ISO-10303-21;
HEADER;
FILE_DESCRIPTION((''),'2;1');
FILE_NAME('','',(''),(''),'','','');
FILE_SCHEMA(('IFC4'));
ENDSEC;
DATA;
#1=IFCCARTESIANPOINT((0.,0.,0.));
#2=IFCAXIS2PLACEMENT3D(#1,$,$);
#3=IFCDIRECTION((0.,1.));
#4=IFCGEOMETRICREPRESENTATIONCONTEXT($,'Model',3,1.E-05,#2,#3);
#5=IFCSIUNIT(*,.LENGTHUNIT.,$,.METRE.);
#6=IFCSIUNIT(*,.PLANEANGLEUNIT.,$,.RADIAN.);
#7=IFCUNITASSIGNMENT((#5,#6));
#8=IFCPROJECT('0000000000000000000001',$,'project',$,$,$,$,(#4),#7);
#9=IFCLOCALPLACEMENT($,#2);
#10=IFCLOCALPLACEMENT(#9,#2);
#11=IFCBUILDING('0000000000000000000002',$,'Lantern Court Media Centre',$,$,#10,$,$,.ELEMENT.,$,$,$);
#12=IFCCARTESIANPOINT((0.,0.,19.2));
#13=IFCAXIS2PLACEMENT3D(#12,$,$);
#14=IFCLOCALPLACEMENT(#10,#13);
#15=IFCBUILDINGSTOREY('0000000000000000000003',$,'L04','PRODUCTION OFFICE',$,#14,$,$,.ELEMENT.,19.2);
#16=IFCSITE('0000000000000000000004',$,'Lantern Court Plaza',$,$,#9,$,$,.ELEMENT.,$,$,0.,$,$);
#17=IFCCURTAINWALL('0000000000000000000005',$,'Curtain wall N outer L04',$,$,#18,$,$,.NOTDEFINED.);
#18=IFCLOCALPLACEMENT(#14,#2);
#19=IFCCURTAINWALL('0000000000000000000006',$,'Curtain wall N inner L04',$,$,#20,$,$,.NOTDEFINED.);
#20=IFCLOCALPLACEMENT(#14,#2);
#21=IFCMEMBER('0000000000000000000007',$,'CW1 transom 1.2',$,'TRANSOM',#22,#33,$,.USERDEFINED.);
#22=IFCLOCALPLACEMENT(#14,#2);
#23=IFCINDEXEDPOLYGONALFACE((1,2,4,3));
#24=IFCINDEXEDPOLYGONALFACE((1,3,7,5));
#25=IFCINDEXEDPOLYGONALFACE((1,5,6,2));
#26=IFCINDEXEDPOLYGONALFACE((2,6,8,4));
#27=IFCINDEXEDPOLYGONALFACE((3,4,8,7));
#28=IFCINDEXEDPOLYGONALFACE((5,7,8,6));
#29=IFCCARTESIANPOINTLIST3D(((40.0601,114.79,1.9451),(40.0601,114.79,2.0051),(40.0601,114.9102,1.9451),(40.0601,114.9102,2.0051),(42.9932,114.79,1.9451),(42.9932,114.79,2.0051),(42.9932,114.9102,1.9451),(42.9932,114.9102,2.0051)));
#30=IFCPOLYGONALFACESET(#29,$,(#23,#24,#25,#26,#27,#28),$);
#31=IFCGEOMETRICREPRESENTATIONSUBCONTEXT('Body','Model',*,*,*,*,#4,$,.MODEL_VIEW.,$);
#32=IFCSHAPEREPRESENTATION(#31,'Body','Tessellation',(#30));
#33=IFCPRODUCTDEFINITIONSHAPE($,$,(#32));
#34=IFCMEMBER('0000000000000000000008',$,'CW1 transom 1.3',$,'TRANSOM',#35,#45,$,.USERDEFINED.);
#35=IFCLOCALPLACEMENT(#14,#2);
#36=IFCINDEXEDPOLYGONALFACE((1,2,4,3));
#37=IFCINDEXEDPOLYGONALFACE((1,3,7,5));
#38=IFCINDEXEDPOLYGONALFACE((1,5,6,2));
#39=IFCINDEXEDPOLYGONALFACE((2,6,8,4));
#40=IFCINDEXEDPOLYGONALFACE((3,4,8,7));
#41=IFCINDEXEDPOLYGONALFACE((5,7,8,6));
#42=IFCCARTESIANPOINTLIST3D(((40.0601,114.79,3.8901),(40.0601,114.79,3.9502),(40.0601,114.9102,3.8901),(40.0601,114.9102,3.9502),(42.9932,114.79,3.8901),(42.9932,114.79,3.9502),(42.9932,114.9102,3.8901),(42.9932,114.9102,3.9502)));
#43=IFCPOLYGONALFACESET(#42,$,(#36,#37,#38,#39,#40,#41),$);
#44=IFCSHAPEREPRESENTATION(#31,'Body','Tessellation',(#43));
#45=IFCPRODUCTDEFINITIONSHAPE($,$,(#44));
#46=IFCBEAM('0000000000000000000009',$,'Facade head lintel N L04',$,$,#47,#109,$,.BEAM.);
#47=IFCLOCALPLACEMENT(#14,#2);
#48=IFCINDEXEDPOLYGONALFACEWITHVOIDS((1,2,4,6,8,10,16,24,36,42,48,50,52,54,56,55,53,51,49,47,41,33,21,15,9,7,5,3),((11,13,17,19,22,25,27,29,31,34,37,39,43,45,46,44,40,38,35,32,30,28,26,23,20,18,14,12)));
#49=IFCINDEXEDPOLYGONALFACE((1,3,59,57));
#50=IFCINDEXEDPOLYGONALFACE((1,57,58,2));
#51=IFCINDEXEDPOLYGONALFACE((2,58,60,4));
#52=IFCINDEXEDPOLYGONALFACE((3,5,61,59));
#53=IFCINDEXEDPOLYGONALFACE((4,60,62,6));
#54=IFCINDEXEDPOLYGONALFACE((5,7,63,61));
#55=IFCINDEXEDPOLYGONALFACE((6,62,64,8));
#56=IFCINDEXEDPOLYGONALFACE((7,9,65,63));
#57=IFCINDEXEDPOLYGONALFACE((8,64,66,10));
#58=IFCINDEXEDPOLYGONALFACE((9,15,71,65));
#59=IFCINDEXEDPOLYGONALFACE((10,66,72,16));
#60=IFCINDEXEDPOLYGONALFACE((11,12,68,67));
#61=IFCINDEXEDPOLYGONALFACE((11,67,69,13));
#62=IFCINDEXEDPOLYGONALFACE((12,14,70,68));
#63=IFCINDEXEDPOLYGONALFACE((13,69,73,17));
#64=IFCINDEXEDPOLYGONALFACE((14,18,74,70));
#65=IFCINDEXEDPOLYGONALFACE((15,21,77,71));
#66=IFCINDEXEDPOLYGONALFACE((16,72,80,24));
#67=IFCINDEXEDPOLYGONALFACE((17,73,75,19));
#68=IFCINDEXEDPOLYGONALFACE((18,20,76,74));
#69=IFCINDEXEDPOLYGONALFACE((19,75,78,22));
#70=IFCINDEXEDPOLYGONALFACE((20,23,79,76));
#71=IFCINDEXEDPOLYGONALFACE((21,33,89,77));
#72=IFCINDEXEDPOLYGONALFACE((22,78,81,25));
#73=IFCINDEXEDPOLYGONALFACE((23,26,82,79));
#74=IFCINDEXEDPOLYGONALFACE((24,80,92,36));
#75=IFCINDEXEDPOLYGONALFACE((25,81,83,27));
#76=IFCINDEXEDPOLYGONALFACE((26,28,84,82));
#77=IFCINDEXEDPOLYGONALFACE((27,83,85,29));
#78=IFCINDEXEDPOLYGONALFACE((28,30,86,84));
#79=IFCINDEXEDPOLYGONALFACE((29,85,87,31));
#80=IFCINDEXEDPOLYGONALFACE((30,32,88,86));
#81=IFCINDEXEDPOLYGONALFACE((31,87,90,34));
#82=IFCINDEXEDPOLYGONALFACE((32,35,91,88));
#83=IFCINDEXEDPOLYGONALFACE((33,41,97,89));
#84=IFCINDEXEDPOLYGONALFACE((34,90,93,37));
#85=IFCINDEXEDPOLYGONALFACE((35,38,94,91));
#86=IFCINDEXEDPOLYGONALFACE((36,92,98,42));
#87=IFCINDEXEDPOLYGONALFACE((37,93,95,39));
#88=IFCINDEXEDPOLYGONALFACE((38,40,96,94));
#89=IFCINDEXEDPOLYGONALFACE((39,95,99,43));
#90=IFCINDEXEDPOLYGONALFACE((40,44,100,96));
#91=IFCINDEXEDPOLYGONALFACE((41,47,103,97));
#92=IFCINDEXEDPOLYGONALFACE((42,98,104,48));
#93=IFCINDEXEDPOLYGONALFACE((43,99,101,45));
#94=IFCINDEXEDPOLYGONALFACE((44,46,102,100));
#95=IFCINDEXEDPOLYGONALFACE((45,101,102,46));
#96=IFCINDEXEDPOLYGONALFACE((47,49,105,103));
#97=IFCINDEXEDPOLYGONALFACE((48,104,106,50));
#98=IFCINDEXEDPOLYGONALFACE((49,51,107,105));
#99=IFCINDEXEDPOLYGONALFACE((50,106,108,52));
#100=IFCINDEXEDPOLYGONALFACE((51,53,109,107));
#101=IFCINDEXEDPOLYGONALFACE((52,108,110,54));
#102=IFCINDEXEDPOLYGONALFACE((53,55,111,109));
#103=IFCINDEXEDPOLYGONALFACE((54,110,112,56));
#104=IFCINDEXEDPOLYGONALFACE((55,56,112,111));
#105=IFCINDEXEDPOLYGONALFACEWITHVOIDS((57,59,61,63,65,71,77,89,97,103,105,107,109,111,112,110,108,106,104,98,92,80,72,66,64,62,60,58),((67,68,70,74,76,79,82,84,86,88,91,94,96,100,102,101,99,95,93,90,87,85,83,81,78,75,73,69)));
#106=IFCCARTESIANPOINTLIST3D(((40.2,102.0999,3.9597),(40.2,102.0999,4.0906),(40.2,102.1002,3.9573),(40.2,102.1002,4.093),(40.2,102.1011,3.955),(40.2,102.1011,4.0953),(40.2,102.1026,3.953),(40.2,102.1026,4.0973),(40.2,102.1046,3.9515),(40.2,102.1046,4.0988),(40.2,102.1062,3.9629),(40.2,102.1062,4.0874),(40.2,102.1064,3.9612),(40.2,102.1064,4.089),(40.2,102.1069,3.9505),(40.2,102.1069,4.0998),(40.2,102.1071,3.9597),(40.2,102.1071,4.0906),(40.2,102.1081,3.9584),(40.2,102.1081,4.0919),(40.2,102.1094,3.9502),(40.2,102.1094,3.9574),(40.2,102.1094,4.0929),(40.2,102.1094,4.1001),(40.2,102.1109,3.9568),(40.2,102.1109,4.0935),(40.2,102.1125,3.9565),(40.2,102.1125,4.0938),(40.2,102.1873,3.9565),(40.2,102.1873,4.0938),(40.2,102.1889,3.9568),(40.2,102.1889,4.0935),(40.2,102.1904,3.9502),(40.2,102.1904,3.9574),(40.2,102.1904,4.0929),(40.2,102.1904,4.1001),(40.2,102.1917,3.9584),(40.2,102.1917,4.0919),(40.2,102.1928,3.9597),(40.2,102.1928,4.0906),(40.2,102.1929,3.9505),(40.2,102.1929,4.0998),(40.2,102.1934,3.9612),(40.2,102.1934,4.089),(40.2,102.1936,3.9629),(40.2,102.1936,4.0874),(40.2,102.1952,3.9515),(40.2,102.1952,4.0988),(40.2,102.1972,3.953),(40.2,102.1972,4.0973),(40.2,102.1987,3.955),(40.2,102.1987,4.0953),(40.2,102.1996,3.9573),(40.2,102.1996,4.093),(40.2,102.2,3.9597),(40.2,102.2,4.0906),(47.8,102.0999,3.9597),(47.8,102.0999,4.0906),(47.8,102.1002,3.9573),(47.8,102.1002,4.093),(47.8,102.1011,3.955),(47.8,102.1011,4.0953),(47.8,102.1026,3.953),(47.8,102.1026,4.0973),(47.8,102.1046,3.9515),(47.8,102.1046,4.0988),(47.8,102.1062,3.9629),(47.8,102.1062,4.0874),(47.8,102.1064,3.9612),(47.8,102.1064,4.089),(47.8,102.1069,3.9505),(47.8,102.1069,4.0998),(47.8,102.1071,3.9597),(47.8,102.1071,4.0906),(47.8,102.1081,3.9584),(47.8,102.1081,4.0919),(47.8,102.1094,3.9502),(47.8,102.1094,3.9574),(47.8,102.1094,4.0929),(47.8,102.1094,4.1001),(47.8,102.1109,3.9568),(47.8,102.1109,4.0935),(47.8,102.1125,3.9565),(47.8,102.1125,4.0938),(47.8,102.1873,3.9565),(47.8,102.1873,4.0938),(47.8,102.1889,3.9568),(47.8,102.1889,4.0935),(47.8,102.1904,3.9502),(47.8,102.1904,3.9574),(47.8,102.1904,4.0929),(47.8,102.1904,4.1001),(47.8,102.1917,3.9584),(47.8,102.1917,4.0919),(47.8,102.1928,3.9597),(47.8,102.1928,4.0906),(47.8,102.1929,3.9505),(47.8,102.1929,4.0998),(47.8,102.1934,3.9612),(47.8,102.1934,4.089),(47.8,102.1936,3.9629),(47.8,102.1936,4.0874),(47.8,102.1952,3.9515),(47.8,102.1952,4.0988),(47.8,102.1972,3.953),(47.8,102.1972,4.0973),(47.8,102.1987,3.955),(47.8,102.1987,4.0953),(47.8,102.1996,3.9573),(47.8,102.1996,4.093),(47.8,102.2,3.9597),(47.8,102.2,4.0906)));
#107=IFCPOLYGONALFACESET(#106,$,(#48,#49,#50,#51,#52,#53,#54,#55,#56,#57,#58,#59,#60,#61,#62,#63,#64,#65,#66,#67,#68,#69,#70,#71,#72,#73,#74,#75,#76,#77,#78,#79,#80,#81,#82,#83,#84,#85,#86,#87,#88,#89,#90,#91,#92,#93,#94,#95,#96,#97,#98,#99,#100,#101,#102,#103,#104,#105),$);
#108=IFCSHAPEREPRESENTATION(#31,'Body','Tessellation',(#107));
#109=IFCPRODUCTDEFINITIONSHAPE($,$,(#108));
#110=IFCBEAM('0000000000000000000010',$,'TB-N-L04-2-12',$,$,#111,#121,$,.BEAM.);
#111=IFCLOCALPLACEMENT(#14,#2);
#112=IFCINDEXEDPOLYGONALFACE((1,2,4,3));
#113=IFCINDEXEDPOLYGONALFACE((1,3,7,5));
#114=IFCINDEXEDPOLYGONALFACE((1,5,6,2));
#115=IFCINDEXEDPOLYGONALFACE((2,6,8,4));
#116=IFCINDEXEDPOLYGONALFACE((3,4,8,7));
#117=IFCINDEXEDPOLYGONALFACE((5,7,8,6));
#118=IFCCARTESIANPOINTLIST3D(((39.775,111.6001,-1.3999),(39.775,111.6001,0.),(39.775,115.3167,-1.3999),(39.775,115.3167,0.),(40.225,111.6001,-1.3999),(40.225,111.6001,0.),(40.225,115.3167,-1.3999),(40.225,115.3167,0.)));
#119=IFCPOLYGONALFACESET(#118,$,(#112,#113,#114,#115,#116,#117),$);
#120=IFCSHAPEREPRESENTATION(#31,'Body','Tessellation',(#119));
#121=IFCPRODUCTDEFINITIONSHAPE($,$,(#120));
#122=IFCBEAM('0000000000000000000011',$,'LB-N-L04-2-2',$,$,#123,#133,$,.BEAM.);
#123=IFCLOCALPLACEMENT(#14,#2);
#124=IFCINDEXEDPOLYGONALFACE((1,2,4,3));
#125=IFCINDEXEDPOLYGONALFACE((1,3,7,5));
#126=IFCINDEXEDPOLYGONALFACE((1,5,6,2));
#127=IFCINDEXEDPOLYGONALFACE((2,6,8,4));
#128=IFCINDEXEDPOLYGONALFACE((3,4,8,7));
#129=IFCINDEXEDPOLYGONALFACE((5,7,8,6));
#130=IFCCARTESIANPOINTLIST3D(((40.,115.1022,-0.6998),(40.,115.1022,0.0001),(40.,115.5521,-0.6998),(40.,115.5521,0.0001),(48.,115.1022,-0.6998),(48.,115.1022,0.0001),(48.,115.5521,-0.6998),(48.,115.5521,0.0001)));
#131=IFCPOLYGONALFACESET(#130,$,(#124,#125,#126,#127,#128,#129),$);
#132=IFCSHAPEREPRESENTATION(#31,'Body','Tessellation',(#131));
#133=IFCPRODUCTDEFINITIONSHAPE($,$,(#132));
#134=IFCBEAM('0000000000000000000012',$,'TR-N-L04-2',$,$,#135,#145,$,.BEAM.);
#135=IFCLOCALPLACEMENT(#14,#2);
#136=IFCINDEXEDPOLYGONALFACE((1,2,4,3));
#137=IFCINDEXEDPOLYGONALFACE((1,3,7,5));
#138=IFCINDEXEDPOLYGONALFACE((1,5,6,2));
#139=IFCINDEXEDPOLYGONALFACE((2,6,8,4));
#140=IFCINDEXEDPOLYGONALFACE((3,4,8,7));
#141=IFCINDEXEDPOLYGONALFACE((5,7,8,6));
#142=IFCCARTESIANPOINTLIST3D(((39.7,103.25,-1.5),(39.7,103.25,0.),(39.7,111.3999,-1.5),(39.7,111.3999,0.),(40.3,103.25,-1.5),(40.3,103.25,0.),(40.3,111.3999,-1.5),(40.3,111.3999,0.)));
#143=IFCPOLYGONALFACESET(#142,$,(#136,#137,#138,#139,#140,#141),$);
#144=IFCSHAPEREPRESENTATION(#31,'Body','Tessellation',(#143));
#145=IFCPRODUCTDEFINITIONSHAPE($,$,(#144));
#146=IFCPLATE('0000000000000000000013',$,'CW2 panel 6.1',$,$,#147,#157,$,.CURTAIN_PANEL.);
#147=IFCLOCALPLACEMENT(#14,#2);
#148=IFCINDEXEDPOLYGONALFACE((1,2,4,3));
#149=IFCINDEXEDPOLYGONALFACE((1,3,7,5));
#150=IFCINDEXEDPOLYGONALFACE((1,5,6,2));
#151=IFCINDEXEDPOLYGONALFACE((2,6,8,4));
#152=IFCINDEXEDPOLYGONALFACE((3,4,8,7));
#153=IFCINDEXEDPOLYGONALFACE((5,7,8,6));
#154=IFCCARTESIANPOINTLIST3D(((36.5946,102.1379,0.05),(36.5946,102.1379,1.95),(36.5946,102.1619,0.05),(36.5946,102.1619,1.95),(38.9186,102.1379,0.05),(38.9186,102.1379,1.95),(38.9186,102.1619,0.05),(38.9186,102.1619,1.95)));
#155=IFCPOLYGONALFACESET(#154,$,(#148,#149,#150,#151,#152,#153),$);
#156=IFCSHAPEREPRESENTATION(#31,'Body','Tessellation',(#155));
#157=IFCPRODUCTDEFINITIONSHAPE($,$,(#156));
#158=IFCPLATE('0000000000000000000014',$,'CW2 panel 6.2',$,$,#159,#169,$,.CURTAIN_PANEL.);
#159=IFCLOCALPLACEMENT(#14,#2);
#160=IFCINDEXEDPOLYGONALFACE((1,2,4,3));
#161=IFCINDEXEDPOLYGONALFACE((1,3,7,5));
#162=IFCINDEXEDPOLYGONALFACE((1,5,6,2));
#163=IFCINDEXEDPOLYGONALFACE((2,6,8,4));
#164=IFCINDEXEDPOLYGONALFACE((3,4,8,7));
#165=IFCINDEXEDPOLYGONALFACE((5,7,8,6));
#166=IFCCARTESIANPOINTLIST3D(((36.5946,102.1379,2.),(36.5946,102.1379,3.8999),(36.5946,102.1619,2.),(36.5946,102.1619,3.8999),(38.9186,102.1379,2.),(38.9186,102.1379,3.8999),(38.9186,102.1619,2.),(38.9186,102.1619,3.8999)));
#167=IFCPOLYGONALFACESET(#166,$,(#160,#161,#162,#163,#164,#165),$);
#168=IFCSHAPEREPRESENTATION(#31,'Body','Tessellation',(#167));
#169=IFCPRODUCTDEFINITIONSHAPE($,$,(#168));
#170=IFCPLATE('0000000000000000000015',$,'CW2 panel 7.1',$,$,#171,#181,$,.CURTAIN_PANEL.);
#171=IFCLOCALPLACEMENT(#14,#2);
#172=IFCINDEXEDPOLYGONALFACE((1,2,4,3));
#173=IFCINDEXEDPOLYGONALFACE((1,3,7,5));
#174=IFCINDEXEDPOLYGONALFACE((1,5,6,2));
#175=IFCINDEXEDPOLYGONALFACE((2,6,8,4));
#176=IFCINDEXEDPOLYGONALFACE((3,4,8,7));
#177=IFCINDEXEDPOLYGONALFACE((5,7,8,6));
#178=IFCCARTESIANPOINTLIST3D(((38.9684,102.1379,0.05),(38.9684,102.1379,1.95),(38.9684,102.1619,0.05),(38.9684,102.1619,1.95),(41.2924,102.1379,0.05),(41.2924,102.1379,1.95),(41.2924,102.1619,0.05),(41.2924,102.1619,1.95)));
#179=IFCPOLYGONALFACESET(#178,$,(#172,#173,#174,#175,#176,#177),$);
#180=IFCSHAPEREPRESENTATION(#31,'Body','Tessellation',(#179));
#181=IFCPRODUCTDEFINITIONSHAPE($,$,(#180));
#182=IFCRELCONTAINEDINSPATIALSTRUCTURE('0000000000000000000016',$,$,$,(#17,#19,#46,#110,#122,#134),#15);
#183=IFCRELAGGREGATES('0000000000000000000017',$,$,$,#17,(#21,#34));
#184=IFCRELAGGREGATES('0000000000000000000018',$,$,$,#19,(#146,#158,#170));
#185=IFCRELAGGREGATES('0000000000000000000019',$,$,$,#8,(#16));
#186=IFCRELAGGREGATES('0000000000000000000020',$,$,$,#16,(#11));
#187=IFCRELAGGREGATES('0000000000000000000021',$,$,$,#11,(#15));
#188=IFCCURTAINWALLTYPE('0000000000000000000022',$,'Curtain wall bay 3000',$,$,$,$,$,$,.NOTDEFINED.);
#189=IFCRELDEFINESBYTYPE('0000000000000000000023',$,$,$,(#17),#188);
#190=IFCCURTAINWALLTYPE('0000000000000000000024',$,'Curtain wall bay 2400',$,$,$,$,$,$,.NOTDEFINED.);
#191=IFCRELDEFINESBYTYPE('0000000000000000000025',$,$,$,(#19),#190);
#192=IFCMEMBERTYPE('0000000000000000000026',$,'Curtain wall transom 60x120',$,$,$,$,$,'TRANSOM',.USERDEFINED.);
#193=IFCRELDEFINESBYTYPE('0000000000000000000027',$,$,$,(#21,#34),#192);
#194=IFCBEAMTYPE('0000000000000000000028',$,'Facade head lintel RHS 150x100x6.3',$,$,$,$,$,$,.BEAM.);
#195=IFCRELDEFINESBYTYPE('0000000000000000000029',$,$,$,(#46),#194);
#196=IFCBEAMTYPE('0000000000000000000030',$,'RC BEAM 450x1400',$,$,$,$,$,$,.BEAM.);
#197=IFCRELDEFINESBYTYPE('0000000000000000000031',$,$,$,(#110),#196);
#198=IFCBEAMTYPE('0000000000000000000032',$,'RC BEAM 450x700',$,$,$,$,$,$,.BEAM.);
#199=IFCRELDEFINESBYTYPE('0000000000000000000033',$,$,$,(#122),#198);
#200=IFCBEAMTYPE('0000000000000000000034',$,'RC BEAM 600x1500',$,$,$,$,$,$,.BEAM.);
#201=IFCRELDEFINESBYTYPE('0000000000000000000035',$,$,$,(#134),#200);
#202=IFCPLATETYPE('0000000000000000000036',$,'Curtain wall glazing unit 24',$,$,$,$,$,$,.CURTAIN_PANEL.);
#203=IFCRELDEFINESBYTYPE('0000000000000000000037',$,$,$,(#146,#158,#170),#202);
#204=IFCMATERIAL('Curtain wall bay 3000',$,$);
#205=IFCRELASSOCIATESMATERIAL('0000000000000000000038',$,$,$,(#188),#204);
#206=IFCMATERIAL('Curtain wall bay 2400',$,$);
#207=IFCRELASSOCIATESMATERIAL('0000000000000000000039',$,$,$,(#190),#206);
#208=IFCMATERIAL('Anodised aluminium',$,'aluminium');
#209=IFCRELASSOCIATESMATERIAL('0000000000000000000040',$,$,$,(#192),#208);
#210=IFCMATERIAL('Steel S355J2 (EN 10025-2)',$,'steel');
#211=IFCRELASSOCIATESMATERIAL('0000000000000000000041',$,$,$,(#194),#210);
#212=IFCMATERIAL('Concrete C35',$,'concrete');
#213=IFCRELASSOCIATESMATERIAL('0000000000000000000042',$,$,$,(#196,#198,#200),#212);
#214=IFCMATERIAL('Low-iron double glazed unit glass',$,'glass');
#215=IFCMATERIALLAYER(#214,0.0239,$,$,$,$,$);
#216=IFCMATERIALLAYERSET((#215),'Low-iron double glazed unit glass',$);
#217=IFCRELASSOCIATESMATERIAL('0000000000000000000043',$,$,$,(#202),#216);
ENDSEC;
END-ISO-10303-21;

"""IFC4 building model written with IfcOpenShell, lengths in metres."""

from ifc_helpers import new_model, si_unit, direction, frame, origin, origin_2d, place, context, subcontext, project, spatial, rectangle, hollow_rectangle, extrude, material, layer, layer_set, material_profile, profile_set, type_object, element, aggregate, save


model = new_model("IFC4")

# Units and contexts
model_context = context("Model", 3, precision=1e-05, world=origin(), true_north=direction((0.0, 1.0)))
body_context = subcontext(model_context, "Body", "Model", "MODEL_VIEW")
ifc_project = project(units=[si_unit("LENGTHUNIT", "METRE"), si_unit("PLANEANGLEUNIT", "RADIAN")], contexts=[model_context])

# Site, building, storey
site_placement = place(None, origin())
site = spatial("IfcSite", under=ifc_project, at=site_placement, Name="Lantern Court Plaza", CompositionType="ELEMENT", RefElevation=0.0)
building_placement = place(site_placement, origin())
building = spatial("IfcBuilding", under=site, at=building_placement, Name="Lantern Court Media Centre", CompositionType="ELEMENT")
storey_placement = place(building_placement, frame((0.0, 0.0, 19.2)))
storey = spatial("IfcBuildingStorey", under=building, at=storey_placement, Name="L04", Description="PRODUCTION OFFICE", CompositionType="ELEMENT", Elevation=19.2)

# Shared definitions
ifc_material_1 = material(Name="Concrete C35", Category="concrete")

# Shared definitions
ifc_material_2 = material(Name="Curtain wall bay 3000")
curtain_wall_type_1 = type_object("IfcCurtainWallType", Name="Curtain wall bay 3000", PredefinedType="NOTDEFINED", material=ifc_material_2)
ifc_material_3 = material(Name="Anodised aluminium", Category="aluminium")

# Curtain wall
curtain_wall_1_placement = place(storey_placement, origin())
curtain_wall_1 = element("IfcCurtainWall", 1, at=curtain_wall_1_placement, inside=storey, type_object=curtain_wall_type_1, Name="Curtain wall N outer L04", PredefinedType="NOTDEFINED")

# Curtain wall
ifc_material_4 = material(Name="Curtain wall bay 2400")
curtain_wall_type_2 = type_object("IfcCurtainWallType", Name="Curtain wall bay 2400", PredefinedType="NOTDEFINED", material=ifc_material_4)
curtain_wall_2_placement = place(storey_placement, origin())
curtain_wall_2 = element("IfcCurtainWall", 2, at=curtain_wall_2_placement, inside=storey, type_object=curtain_wall_type_2, Name="Curtain wall N inner L04", PredefinedType="NOTDEFINED")

# Members
ifc_material_profile_1 = material_profile(ifc_material_3, rectangle(XDim=0.1201, YDim=0.0601, at=origin_2d()), Name="AL 60x120")
ifc_profile_set_1 = profile_set([ifc_material_profile_1], Name="Anodised aluminium")
member_type_1 = type_object("IfcMemberType", Name="Curtain wall transom 60x120", ElementType="TRANSOM", PredefinedType="USERDEFINED", material=ifc_profile_set_1)
member_1_placement = place(storey_placement, frame((40.0601, 114.8501, 1.9751), z_axis=(1.0, 0.0, 0.0), x_axis=(0.0, 1.0, 0.0)))
member_1 = element("IfcMember", 3, at=member_1_placement, type_object=member_type_1, Name="CW1 transom 1.2", ObjectType="TRANSOM", PredefinedType="USERDEFINED", context=body_context, shape_type="SweptSolid", body=[
    extrude(rectangle(XDim=0.1201, YDim=0.0601, at=origin_2d()), origin(), (0.0, 0.0, 1.0), 2.9331),
])
member_2_placement = place(storey_placement, frame((40.0601, 114.8501, 3.9202), z_axis=(1.0, 0.0, 0.0), x_axis=(0.0, 1.0, 0.0)))
member_2 = element("IfcMember", 4, at=member_2_placement, type_object=member_type_1, Name="CW1 transom 1.3", ObjectType="TRANSOM", PredefinedType="USERDEFINED", context=body_context, shape_type="SweptSolid", body=[
    extrude(rectangle(XDim=0.1201, YDim=0.0601, at=origin_2d()), origin(), (0.0, 0.0, 1.0), 2.9331),
])
aggregate(curtain_wall_1, [member_1, member_2])

# Beams
ifc_material_5 = material(Name="Steel S355J2 (EN 10025-2)", Category="steel")
ifc_material_profile_2 = material_profile(ifc_material_5, hollow_rectangle(XDim=0.1001, YDim=0.1499, WallThickness=0.0063, InnerFilletRadius=0.0063, OuterFilletRadius=0.0095, at=origin_2d()), Name="Facade head lintel RHS 150x100x6.3")
ifc_profile_set_2 = profile_set([ifc_material_profile_2], Name="Steel S355J2 (EN 10025-2)")
beam_type_1 = type_object("IfcBeamType", Name="Facade head lintel RHS 150x100x6.3", PredefinedType="BEAM", material=ifc_profile_set_2)
beam_1_placement = place(storey_placement, frame((40.2, 102.1499, 4.0251), z_axis=(1.0, 0.0, 0.0), x_axis=(0.0, 1.0, 0.0)))
element("IfcBeam", 5, at=beam_1_placement, inside=storey, type_object=beam_type_1, Name="Facade head lintel N L04", PredefinedType="BEAM", context=body_context, shape_type="SweptSolid", body=[
    extrude(hollow_rectangle(XDim=0.1001, YDim=0.1499, WallThickness=0.0063, InnerFilletRadius=0.0063, OuterFilletRadius=0.0095, at=origin_2d()), origin(), (0.0, 0.0, 1.0), 7.6001),
])
ifc_material_profile_3 = material_profile(ifc_material_1, rectangle(XDim=0.45, YDim=1.3999, at=origin_2d()), Name="RC 450x1400")
ifc_profile_set_3 = profile_set([ifc_material_profile_3], Name="Concrete C35")
beam_type_2 = type_object("IfcBeamType", Name="RC BEAM 450x1400", PredefinedType="BEAM", material=ifc_profile_set_3)
beam_2_placement = place(storey_placement, frame((40.0, 111.6001, -0.7), z_axis=(0.0, 1.0, 0.0), x_axis=(-1.0, 0.0, 0.0)))
element("IfcBeam", 6, at=beam_2_placement, inside=storey, type_object=beam_type_2, Name="TB-N-L04-2-12", PredefinedType="BEAM", context=body_context, shape_type="SweptSolid", body=[
    extrude(rectangle(XDim=0.45, YDim=1.3999, at=origin_2d()), origin(), (0.0, 0.0, 1.0), 3.7166),
])
ifc_material_profile_4 = material_profile(ifc_material_1, rectangle(XDim=0.45, YDim=0.7, at=origin_2d()), Name="RC 450x700")
ifc_profile_set_4 = profile_set([ifc_material_profile_4], Name="Concrete C35")
beam_type_3 = type_object("IfcBeamType", Name="RC BEAM 450x700", PredefinedType="BEAM", material=ifc_profile_set_4)
beam_3_placement = place(storey_placement, frame((40.0, 115.3271, -0.3499), z_axis=(1.0, 0.0, 0.0), x_axis=(0.0, 1.0, 0.0)))
element("IfcBeam", 7, at=beam_3_placement, inside=storey, type_object=beam_type_3, Name="LB-N-L04-2-2", PredefinedType="BEAM", context=body_context, shape_type="SweptSolid", body=[
    extrude(rectangle(XDim=0.45, YDim=0.7, at=origin_2d()), origin(), (0.0, 0.0, 1.0), 8.0),
])
ifc_material_profile_5 = material_profile(ifc_material_1, rectangle(XDim=0.6001, YDim=1.5, at=origin_2d()), Name="RC 600x1500")
ifc_profile_set_5 = profile_set([ifc_material_profile_5], Name="Concrete C35")
beam_type_4 = type_object("IfcBeamType", Name="RC BEAM 600x1500", PredefinedType="BEAM", material=ifc_profile_set_5)
beam_4_placement = place(storey_placement, frame((40.0, 103.25, -0.75), z_axis=(0.0, 1.0, 0.0), x_axis=(-1.0, 0.0, 0.0)))
element("IfcBeam", 8, at=beam_4_placement, inside=storey, type_object=beam_type_4, Name="TR-N-L04-2", PredefinedType="BEAM", context=body_context, shape_type="SweptSolid", body=[
    extrude(rectangle(XDim=0.6001, YDim=1.5, at=origin_2d()), origin(), (0.0, 0.0, 1.0), 8.1499),
])

# Plates
ifc_material_6 = material(Name="Low-iron double glazed unit glass", Category="glass")
ifc_layer_1 = layer(ifc_material_6, 0.0239)
ifc_layer_set_1 = layer_set([ifc_layer_1], Name="Low-iron double glazed unit glass")
plate_type_1 = type_object("IfcPlateType", Name="Curtain wall glazing unit 24", PredefinedType="CURTAIN_PANEL", material=ifc_layer_set_1)
plate_1_placement = place(storey_placement, frame((37.7566, 102.1499, 0.05), z_axis=(0.0, 0.0, 1.0), x_axis=(1.0, 0.0, 0.0)))
plate_1 = element("IfcPlate", 9, at=plate_1_placement, type_object=plate_type_1, Name="CW2 panel 6.1", PredefinedType="CURTAIN_PANEL", context=body_context, shape_type="SweptSolid", body=[
    extrude(rectangle(XDim=2.324, YDim=0.0239, at=origin_2d()), origin(), (0.0, 0.0, 1.0), 1.8999),
])
plate_2_placement = place(storey_placement, frame((37.7566, 102.1499, 2.0), z_axis=(0.0, 0.0, 1.0), x_axis=(1.0, 0.0, 0.0)))
plate_2 = element("IfcPlate", 10, at=plate_2_placement, type_object=plate_type_1, Name="CW2 panel 6.2", PredefinedType="CURTAIN_PANEL", context=body_context, shape_type="SweptSolid", body=[
    extrude(rectangle(XDim=2.324, YDim=0.0239, at=origin_2d()), origin(), (0.0, 0.0, 1.0), 1.8999),
])
plate_3_placement = place(storey_placement, frame((40.1304, 102.1499, 0.05), z_axis=(0.0, 0.0, 1.0), x_axis=(1.0, 0.0, 0.0)))
plate_3 = element("IfcPlate", 11, at=plate_3_placement, type_object=plate_type_1, Name="CW2 panel 7.1", PredefinedType="CURTAIN_PANEL", context=body_context, shape_type="SweptSolid", body=[
    extrude(rectangle(XDim=2.324, YDim=0.0239, at=origin_2d()), origin(), (0.0, 0.0, 1.0), 1.8999),
])
aggregate(curtain_wall_2, [plate_1, plate_2, plate_3])

save(model, "model.ifc")
